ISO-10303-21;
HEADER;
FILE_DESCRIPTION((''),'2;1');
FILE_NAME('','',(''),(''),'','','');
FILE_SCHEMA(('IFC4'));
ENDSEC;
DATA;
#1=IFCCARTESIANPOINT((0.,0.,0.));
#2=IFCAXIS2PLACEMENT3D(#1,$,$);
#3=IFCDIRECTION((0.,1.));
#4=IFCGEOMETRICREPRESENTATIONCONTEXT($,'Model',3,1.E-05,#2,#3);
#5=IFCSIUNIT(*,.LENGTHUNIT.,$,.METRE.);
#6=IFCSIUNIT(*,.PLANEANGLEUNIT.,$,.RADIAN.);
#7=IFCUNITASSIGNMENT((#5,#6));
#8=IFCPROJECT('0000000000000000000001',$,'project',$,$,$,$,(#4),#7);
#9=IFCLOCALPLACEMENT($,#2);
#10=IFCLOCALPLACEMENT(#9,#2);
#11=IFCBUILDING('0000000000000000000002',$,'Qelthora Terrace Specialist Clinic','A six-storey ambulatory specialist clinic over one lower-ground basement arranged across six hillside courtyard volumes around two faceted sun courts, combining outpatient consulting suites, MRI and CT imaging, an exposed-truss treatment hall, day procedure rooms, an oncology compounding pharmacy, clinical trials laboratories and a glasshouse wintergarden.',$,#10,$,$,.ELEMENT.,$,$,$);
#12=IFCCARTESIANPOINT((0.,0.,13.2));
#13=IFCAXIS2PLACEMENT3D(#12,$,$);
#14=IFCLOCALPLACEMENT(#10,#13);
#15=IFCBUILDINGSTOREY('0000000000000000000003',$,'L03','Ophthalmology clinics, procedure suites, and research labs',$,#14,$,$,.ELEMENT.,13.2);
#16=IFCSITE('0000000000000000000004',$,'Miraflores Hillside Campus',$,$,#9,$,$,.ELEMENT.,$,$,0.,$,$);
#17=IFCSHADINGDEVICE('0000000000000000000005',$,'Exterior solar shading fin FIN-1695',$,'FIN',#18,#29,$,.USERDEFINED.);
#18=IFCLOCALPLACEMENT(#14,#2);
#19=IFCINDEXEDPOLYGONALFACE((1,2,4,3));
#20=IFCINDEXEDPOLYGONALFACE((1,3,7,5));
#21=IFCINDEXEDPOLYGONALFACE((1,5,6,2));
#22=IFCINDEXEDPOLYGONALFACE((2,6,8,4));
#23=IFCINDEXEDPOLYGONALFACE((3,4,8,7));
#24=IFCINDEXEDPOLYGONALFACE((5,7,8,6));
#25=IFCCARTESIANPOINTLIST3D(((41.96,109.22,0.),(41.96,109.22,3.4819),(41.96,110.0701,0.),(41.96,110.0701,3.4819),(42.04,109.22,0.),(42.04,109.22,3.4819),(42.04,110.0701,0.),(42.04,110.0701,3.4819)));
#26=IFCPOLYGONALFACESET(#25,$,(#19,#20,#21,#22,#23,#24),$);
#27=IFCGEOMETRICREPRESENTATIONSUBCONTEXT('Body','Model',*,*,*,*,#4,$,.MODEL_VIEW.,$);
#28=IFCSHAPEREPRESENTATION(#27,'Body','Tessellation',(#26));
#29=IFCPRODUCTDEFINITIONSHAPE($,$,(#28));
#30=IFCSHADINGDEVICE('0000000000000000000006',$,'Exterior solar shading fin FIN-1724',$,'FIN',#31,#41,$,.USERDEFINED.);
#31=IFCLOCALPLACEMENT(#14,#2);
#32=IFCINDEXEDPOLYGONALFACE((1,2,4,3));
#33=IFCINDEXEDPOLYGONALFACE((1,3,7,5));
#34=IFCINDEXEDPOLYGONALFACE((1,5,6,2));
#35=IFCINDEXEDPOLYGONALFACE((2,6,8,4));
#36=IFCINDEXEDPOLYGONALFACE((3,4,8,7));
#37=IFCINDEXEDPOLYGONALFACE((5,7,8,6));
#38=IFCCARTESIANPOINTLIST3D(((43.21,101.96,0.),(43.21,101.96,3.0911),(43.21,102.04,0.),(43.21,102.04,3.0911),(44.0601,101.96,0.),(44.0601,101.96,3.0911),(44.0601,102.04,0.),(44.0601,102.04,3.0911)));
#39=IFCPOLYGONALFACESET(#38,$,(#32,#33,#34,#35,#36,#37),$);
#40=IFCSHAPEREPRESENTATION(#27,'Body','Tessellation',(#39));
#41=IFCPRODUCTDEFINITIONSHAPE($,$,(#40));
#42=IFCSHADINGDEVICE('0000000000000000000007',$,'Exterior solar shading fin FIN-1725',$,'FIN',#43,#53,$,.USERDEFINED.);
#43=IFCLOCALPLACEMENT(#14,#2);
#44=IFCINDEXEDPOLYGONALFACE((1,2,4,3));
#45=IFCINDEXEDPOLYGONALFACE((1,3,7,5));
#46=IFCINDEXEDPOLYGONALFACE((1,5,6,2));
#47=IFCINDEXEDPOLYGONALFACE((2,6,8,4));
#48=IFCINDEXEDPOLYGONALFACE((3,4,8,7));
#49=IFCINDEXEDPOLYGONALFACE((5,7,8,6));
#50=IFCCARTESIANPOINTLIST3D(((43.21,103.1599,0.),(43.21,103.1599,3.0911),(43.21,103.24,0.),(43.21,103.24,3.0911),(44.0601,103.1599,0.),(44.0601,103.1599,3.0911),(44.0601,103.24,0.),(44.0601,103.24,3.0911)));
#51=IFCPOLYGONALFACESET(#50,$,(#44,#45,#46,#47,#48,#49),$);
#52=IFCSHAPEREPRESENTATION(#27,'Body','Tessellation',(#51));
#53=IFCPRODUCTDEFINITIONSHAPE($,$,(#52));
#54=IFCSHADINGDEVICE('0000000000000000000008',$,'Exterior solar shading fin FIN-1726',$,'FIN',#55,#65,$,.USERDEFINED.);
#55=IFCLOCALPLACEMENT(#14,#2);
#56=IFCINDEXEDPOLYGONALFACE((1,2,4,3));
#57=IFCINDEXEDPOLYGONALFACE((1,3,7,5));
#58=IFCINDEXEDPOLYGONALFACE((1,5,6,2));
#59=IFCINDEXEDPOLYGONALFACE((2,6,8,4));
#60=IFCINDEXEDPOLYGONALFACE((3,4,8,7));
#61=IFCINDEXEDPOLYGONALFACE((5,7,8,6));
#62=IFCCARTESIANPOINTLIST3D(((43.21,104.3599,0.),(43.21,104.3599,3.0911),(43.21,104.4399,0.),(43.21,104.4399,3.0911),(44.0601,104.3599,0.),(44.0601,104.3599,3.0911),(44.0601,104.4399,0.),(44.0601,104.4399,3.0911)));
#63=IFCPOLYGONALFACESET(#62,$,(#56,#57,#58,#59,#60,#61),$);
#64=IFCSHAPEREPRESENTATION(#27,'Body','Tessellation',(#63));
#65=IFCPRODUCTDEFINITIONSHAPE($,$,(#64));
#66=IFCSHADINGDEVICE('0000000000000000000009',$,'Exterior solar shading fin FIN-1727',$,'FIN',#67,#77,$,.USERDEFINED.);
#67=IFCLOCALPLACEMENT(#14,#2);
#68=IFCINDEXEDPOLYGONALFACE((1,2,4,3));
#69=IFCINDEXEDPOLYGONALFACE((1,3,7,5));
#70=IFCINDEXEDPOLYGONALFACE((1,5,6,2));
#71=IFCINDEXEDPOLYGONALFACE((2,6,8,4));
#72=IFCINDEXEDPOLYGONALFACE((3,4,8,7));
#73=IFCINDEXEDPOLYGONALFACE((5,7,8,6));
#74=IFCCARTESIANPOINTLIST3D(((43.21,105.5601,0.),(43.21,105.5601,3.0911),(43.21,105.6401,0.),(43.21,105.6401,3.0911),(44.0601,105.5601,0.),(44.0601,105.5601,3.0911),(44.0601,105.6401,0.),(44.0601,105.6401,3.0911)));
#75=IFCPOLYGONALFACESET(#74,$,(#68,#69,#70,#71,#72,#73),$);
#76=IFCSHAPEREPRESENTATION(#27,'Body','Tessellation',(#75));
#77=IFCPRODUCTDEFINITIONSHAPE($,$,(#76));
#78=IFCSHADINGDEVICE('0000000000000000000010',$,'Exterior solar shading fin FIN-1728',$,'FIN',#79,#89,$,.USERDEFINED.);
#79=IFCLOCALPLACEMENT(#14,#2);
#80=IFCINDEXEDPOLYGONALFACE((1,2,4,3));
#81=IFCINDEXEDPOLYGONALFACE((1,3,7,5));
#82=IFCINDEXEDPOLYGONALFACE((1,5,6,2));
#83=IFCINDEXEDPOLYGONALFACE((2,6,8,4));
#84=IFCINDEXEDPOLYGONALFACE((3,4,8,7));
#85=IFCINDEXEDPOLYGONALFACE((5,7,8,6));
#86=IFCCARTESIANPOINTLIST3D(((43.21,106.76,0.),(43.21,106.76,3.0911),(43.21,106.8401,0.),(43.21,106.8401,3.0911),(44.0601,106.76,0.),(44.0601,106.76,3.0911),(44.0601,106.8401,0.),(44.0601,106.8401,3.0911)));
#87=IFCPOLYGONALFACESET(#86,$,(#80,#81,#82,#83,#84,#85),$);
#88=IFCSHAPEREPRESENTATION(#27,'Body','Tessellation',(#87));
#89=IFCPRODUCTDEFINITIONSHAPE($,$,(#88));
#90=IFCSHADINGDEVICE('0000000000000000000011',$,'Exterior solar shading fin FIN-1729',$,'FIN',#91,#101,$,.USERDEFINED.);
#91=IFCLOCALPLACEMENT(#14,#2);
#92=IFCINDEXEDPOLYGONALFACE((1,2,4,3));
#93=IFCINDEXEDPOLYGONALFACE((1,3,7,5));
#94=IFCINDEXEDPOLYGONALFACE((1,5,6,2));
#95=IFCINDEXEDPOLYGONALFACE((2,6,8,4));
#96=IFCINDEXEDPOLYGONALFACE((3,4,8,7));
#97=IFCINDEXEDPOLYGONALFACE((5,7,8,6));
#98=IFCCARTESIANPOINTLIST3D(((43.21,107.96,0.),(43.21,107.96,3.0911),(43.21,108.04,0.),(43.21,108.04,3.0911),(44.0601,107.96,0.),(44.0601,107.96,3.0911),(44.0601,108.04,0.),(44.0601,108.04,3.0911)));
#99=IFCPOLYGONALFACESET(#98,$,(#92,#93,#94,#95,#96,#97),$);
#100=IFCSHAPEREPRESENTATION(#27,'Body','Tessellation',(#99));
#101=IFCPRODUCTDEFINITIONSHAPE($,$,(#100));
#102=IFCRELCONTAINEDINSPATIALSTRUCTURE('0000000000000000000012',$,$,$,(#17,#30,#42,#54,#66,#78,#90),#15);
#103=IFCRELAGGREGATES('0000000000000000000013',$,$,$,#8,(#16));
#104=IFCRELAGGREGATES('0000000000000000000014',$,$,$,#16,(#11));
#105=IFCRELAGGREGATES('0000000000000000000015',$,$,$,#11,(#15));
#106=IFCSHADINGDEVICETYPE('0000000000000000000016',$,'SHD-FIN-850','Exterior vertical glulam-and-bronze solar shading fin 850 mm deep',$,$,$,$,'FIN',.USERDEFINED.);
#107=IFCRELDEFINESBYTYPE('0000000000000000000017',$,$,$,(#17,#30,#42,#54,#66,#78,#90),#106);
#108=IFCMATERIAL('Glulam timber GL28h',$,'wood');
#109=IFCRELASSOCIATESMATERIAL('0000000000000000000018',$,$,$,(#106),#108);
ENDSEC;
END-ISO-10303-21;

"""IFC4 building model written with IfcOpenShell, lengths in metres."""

from ifc_helpers import new_model, si_unit, direction, frame, origin, origin_2d, place, context, subcontext, project, spatial, rectangle, extrude, material, type_object, element, save


model = new_model("IFC4")

# Units and contexts
model_context = context("Model", 3, precision=1e-05, world=origin(), true_north=direction((0.0, 1.0)))
body_context = subcontext(model_context, "Body", "Model", "MODEL_VIEW")
ifc_project = project(units=[si_unit("LENGTHUNIT", "METRE"), si_unit("PLANEANGLEUNIT", "RADIAN")], contexts=[model_context])

# Site, building, storey
site_placement = place(None, origin())
site = spatial("IfcSite", under=ifc_project, at=site_placement, Name="Miraflores Hillside Campus", CompositionType="ELEMENT", RefElevation=0.0)
building_placement = place(site_placement, origin())
building = spatial("IfcBuilding", under=site, at=building_placement, Name="Qelthora Terrace Specialist Clinic", Description="A six-storey ambulatory specialist clinic over one lower-ground basement arranged across six hillside courtyard volumes around two faceted sun courts, combining outpatient consulting suites, MRI and CT imaging, an exposed-truss treatment hall, day procedure rooms, an oncology compounding pharmacy, clinical trials laboratories and a glasshouse wintergarden.", CompositionType="ELEMENT")
storey_placement = place(building_placement, frame((0.0, 0.0, 13.2)))
storey = spatial("IfcBuildingStorey", under=building, at=storey_placement, Name="L03", Description="Ophthalmology clinics, procedure suites, and research labs", CompositionType="ELEMENT", Elevation=13.2)

# Shading devices
ifc_material_1 = material(Name="Glulam timber GL28h", Category="wood")
shading_device_type = type_object("IfcShadingDeviceType", Name="SHD-FIN-850", Description="Exterior vertical glulam-and-bronze solar shading fin 850 mm deep", ElementType="FIN", PredefinedType="USERDEFINED", material=ifc_material_1)
for number, where, z_axis, x_axis, name in (
    (1, (42.0, 109.645, 0.0), (0.0, 0.0, 1.0), (0.0, 1.0, 0.0), "Exterior solar shading fin FIN-1695"),
):
    element("IfcShadingDevice", number, at=place(storey_placement, frame(where, z_axis=z_axis, x_axis=x_axis)), inside=storey, type_object=shading_device_type, Name=name, ObjectType="FIN", PredefinedType="USERDEFINED", context=body_context, shape_type="SweptSolid", body=[
        extrude(rectangle(XDim=0.8501, YDim=0.0801, at=origin_2d()), origin(), (0.0, 0.0, 1.0), 3.4819),
    ])
for number, where, z_axis, x_axis, name in (
    (2, (43.635, 102.0, 0.0), (0.0, 0.0, 1.0), (1.0, 0.0, 0.0), "Exterior solar shading fin FIN-1724"),
    (3, (43.635, 103.2, 0.0), (0.0, 0.0, 1.0), (1.0, 0.0, 0.0), "Exterior solar shading fin FIN-1725"),
    (4, (43.635, 104.3999, 0.0), (0.0, 0.0, 1.0), (1.0, 0.0, 0.0), "Exterior solar shading fin FIN-1726"),
    (5, (43.635, 105.6001, 0.0), (0.0, 0.0, 1.0), (1.0, 0.0, 0.0), "Exterior solar shading fin FIN-1727"),
    (6, (43.635, 106.8, 0.0), (0.0, 0.0, 1.0), (1.0, 0.0, 0.0), "Exterior solar shading fin FIN-1728"),
    (7, (43.635, 108.0, 0.0), (0.0, 0.0, 1.0), (1.0, 0.0, 0.0), "Exterior solar shading fin FIN-1729"),
):
    element("IfcShadingDevice", number, at=place(storey_placement, frame(where, z_axis=z_axis, x_axis=x_axis)), inside=storey, type_object=shading_device_type, Name=name, ObjectType="FIN", PredefinedType="USERDEFINED", context=body_context, shape_type="SweptSolid", body=[
        extrude(rectangle(XDim=0.8501, YDim=0.0801, at=origin_2d()), origin(), (0.0, 0.0, 1.0), 3.0911),
    ])

save(model, "model.ifc")
